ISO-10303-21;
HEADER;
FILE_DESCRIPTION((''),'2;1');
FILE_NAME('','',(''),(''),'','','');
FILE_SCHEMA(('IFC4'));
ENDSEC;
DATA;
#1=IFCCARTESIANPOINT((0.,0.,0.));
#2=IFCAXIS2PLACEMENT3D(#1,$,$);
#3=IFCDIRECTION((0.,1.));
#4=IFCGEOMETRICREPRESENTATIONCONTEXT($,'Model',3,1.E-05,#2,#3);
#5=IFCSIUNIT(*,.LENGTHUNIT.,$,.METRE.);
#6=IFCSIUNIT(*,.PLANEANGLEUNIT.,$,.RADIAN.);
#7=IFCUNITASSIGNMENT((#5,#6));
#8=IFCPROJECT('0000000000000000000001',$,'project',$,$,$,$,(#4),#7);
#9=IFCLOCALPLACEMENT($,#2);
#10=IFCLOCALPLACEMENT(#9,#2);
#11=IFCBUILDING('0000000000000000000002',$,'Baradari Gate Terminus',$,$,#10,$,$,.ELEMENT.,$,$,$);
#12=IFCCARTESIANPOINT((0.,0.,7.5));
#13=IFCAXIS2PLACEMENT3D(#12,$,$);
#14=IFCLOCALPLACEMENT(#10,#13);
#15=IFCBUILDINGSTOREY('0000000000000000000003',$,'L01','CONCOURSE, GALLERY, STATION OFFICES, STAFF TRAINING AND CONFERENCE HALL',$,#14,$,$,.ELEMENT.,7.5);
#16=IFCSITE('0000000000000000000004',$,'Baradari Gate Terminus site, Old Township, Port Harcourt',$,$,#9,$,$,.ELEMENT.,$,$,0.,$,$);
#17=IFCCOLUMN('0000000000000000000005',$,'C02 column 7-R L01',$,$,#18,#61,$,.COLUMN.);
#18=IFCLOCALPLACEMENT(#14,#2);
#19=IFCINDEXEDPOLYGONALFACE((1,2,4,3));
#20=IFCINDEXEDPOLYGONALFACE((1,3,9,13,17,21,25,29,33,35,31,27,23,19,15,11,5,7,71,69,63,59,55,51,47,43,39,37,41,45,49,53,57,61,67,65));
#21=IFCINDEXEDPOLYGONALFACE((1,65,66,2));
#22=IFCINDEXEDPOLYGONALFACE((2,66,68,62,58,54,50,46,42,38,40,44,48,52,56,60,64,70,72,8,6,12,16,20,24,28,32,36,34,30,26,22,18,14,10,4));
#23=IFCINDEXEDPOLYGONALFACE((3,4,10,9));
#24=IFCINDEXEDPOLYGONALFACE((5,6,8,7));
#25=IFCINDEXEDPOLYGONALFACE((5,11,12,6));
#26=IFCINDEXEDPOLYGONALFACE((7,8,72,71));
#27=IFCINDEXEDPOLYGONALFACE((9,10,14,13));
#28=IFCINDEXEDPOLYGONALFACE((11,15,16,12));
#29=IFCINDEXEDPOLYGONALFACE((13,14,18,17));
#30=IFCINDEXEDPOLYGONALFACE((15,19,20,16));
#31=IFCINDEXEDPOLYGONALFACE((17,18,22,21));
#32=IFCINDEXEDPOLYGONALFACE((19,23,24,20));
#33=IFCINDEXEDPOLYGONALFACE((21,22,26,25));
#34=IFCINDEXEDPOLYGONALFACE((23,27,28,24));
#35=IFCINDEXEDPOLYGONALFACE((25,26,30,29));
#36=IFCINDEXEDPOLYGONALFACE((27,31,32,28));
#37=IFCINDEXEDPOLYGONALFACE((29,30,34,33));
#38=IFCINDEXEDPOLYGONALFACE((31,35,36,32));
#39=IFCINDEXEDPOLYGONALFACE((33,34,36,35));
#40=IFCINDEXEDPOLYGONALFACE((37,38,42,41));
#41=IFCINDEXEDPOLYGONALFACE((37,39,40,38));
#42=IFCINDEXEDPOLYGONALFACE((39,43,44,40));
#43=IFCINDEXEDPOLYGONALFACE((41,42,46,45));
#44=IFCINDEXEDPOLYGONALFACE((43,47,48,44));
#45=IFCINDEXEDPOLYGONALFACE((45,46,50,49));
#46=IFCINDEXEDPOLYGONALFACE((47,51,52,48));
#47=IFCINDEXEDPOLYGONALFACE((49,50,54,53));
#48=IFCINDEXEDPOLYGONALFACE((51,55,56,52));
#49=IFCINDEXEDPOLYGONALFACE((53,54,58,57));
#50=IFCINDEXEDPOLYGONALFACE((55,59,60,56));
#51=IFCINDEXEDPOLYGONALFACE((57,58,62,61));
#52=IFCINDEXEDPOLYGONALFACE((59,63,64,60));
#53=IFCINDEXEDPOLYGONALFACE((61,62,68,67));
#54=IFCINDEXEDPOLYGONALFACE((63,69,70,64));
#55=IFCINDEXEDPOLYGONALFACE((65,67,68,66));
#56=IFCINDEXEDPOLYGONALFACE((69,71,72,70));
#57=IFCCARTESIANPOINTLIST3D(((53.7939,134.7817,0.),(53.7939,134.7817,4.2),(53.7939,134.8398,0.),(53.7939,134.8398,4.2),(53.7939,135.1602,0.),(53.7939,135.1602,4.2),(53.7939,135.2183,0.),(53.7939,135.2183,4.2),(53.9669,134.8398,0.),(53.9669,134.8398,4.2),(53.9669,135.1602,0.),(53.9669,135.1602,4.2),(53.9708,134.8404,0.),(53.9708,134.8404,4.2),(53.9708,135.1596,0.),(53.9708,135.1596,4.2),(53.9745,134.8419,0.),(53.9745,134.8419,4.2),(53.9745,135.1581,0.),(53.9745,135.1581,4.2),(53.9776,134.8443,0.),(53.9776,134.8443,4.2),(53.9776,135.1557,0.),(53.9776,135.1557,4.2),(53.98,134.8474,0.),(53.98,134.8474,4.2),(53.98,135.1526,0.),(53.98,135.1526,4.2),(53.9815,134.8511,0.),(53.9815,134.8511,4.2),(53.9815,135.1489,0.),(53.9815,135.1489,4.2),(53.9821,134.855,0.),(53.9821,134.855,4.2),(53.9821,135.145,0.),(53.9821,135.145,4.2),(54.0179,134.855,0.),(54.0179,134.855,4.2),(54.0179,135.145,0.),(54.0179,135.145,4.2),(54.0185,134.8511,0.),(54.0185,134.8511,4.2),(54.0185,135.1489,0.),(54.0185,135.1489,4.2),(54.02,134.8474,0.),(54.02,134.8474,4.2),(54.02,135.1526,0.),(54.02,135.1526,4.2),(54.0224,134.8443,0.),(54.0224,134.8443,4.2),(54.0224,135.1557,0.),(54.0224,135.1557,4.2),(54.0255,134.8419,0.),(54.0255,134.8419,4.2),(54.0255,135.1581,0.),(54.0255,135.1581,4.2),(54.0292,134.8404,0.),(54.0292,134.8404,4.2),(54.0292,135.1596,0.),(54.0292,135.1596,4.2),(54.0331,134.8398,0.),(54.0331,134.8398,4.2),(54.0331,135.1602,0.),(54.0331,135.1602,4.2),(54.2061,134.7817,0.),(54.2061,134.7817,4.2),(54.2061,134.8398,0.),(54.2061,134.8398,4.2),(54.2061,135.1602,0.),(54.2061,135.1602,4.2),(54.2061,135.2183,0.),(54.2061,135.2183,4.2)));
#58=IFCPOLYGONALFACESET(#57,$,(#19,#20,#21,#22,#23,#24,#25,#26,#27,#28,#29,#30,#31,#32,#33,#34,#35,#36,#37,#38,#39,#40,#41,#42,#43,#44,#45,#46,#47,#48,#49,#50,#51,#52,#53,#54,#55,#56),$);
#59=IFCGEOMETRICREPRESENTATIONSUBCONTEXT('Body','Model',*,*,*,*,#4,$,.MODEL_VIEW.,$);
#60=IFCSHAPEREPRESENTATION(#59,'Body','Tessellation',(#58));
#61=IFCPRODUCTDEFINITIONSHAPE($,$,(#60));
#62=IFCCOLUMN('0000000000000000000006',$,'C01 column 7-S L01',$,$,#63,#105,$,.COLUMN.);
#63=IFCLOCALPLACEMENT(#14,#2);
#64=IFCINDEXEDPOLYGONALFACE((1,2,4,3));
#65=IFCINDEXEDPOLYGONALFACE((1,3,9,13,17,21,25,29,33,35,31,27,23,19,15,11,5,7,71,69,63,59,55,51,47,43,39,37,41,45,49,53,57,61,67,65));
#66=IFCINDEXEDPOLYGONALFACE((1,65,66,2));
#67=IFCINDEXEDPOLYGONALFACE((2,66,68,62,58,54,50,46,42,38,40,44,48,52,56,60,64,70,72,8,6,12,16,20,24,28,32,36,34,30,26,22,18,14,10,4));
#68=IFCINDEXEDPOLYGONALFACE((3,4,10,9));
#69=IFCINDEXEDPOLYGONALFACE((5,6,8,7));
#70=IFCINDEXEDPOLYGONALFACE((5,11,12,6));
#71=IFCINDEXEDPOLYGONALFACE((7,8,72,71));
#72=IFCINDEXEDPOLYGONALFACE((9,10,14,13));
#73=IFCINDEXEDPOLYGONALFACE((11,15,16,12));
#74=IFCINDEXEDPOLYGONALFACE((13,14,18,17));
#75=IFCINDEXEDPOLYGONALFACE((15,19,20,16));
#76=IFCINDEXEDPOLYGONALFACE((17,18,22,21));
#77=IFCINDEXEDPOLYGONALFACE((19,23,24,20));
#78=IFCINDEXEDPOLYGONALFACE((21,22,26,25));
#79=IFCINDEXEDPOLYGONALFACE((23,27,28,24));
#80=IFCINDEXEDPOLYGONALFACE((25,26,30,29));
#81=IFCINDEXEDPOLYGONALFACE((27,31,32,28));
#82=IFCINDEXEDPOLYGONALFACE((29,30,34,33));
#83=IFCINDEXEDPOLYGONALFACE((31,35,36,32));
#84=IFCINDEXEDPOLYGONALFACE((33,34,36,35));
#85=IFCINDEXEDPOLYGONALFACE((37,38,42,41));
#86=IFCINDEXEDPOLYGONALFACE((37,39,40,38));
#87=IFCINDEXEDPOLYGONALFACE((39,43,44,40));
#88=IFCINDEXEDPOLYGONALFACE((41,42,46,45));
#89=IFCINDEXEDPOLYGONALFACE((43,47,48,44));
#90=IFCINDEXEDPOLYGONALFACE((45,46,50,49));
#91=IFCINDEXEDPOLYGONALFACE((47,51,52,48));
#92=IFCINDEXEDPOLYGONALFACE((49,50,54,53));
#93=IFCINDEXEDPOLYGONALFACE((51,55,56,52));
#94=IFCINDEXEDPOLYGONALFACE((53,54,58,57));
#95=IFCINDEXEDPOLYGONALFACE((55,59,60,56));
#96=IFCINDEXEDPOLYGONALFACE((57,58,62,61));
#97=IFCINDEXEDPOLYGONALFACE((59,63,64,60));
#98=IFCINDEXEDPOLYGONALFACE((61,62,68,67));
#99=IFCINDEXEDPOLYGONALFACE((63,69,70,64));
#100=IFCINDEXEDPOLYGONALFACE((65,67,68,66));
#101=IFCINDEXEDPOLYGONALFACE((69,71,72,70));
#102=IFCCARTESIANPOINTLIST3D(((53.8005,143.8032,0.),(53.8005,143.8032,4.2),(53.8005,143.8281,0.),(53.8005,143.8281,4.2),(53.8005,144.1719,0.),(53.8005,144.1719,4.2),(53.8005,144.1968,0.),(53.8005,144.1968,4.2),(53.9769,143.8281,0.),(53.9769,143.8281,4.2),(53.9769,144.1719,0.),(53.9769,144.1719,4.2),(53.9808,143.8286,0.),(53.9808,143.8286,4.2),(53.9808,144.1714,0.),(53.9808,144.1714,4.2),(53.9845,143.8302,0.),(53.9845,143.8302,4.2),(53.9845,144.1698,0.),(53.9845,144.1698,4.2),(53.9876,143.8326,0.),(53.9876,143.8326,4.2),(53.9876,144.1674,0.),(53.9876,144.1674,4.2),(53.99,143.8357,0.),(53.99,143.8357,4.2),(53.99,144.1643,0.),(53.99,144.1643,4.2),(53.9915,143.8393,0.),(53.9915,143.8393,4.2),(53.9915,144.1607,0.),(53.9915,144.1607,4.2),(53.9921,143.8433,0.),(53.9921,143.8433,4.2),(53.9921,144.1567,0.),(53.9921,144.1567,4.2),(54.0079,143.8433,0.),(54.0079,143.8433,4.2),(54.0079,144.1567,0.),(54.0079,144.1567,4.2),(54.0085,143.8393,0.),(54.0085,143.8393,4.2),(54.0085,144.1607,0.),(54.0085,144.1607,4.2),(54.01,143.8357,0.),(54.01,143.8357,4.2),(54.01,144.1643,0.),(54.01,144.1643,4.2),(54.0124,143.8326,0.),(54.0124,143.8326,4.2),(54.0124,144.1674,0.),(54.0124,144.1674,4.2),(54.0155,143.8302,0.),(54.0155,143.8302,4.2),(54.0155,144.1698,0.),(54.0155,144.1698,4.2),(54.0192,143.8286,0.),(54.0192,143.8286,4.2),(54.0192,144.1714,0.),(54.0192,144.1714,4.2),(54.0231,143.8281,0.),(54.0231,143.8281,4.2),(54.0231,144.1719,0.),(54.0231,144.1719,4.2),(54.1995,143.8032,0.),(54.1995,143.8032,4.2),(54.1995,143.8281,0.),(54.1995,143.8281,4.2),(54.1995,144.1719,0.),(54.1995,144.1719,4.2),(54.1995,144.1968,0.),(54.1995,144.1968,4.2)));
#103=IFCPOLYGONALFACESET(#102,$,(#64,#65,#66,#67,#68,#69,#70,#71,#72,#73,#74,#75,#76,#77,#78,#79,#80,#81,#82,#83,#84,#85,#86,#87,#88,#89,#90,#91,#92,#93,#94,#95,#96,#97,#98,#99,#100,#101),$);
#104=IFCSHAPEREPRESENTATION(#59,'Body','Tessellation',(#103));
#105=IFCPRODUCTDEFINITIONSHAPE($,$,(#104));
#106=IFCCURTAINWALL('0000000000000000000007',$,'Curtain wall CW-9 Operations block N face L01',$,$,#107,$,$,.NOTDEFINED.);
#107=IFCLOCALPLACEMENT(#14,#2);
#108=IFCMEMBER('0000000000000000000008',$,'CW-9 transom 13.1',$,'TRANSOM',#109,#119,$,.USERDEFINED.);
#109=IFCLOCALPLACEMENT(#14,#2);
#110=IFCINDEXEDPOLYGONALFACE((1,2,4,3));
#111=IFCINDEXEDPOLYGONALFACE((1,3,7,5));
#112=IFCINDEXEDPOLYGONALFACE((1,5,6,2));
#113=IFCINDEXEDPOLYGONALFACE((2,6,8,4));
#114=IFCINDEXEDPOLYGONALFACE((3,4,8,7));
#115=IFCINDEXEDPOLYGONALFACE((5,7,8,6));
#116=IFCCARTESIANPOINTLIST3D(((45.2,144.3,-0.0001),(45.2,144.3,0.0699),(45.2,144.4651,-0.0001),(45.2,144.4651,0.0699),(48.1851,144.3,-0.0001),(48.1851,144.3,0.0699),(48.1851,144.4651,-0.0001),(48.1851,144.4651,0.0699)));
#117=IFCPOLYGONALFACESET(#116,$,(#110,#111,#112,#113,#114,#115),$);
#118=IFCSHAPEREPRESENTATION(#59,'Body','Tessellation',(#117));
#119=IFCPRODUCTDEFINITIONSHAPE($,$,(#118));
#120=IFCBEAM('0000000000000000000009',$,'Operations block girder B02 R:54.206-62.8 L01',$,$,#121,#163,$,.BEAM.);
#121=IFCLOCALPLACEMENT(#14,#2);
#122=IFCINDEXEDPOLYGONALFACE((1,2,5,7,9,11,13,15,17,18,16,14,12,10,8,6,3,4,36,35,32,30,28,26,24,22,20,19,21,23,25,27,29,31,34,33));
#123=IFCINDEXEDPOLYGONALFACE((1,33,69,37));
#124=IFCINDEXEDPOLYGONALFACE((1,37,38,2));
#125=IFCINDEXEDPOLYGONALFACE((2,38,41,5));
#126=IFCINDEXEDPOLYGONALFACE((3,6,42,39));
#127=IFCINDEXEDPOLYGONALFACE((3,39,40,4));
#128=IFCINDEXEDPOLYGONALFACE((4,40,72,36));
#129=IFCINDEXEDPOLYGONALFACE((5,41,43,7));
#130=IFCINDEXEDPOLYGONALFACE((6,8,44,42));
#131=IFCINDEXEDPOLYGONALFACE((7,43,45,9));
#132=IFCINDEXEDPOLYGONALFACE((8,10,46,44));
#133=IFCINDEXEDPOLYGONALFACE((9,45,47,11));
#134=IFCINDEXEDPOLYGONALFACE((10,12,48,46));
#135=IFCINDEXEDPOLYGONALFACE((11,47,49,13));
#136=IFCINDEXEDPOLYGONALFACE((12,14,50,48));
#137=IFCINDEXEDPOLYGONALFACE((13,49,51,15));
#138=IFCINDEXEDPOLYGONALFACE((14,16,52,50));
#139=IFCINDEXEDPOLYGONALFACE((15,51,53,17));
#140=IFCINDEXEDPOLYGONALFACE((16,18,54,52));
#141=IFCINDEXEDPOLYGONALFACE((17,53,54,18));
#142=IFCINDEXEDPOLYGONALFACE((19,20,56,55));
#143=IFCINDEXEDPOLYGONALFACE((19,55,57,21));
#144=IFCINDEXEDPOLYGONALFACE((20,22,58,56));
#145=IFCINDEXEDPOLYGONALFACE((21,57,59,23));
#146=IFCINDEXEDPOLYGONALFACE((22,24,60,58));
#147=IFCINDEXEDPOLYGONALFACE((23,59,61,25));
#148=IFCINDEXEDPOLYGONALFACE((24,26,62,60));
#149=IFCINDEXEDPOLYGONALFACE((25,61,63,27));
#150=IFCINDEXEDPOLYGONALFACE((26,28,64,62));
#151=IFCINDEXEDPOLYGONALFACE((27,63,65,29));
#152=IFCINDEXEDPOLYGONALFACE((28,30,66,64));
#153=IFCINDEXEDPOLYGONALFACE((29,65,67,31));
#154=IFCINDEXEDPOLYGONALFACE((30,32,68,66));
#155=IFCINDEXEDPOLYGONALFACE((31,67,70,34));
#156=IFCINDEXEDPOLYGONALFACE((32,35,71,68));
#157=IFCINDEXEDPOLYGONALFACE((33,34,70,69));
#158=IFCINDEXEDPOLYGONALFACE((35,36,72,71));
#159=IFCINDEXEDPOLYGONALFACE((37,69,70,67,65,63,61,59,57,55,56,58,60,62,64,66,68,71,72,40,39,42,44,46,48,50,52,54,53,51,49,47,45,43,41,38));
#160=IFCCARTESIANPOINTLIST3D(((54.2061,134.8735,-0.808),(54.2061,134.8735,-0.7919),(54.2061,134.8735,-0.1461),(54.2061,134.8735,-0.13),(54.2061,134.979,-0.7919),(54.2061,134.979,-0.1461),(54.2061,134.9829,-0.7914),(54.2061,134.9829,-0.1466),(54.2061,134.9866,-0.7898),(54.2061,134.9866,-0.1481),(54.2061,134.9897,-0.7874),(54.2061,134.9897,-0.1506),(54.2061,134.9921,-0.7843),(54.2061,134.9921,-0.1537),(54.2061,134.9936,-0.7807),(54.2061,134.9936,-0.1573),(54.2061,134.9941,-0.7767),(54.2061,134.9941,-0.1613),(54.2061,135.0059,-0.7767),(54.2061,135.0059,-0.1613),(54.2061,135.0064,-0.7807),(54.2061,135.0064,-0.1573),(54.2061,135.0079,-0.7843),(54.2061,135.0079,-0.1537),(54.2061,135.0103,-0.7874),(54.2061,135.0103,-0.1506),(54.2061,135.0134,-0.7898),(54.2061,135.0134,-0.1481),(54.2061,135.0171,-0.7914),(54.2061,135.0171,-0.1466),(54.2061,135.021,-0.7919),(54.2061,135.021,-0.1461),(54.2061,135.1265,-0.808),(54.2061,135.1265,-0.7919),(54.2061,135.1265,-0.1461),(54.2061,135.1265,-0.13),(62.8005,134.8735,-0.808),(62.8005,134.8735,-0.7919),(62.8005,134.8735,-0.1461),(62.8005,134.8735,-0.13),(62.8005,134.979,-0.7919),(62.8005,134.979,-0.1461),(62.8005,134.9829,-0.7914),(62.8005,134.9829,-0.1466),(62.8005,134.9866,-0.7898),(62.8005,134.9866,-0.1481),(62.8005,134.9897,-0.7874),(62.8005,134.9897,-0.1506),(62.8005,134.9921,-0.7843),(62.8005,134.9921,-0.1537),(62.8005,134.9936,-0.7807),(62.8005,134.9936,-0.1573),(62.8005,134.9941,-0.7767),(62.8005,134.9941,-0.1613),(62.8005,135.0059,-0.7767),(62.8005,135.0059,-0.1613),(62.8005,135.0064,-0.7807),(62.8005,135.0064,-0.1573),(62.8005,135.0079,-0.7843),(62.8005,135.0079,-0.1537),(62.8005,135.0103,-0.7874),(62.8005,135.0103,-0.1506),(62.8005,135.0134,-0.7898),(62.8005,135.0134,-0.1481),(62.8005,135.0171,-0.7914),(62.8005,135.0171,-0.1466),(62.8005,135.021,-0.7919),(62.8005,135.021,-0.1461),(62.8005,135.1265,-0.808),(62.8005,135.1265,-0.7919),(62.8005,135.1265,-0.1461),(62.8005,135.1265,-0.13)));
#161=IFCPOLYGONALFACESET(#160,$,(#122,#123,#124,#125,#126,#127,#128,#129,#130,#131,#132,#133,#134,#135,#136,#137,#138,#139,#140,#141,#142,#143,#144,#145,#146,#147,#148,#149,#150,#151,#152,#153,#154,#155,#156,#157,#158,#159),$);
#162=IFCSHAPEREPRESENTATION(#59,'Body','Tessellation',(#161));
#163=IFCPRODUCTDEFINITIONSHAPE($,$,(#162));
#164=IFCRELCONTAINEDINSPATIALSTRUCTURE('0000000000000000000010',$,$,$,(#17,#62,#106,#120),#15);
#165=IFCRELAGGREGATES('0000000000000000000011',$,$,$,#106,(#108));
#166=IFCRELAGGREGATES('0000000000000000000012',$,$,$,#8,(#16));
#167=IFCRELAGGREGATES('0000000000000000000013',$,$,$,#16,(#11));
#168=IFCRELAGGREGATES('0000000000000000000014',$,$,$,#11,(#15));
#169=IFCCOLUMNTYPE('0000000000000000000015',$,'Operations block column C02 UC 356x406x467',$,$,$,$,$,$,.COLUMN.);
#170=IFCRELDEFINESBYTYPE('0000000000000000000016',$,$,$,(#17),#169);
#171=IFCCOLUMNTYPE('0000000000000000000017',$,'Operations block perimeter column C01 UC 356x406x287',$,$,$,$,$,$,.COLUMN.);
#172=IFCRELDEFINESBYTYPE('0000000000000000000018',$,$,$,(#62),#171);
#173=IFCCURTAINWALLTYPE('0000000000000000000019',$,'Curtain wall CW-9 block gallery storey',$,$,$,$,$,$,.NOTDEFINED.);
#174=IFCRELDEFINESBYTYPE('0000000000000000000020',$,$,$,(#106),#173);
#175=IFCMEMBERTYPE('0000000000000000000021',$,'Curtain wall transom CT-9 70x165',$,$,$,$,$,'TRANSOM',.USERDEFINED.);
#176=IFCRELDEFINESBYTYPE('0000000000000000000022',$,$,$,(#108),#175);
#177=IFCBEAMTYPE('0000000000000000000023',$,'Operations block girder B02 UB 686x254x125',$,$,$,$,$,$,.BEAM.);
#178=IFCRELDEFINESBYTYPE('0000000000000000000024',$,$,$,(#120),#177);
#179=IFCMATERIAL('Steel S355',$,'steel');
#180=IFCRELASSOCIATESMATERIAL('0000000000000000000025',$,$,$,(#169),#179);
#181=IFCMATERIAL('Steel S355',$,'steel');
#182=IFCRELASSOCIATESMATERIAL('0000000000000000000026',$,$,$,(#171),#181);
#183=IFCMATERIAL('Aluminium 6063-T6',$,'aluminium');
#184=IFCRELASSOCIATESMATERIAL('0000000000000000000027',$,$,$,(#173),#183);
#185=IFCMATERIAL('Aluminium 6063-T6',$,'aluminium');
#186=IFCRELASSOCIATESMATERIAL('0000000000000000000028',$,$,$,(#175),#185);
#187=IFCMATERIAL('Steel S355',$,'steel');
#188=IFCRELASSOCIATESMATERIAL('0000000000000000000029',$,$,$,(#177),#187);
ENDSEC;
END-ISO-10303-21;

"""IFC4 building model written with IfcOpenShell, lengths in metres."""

from ifc_helpers import new_model, si_unit, direction, frame, origin, origin_2d, place, context, subcontext, project, spatial, rectangle, i_section, extrude, material, material_profile, profile_set, type_object, element, aggregate, save


model = new_model("IFC4")

# Units and contexts
model_context = context("Model", 3, precision=1e-05, world=origin(), true_north=direction((0.0, 1.0)))
body_context = subcontext(model_context, "Body", "Model", "MODEL_VIEW")
ifc_project = project(units=[si_unit("LENGTHUNIT", "METRE"), si_unit("PLANEANGLEUNIT", "RADIAN")], contexts=[model_context])

# Site, building, storey
site_placement = place(None, origin())
site = spatial("IfcSite", under=ifc_project, at=site_placement, Name="Baradari Gate Terminus site, Old Township, Port Harcourt", CompositionType="ELEMENT", RefElevation=0.0)
building_placement = place(site_placement, origin())
building = spatial("IfcBuilding", under=site, at=building_placement, Name="Baradari Gate Terminus", CompositionType="ELEMENT")
storey_placement = place(building_placement, frame((0.0, 0.0, 7.5)))
storey = spatial("IfcBuildingStorey", under=building, at=storey_placement, Name="L01", Description="CONCOURSE, GALLERY, STATION OFFICES, STAFF TRAINING AND CONFERENCE HALL", CompositionType="ELEMENT", Elevation=7.5)

# Columns
ifc_material_1 = material(Name="Steel S355", Category="steel")
ifc_material_profile_1 = material_profile(ifc_material_1, i_section(OverallWidth=0.4121, OverallDepth=0.4365, WebThickness=0.0359, FlangeThickness=0.0581, FilletRadius=0.0151, at=origin_2d()), Name="UC 356x406x467")
ifc_profile_set_1 = profile_set([ifc_material_profile_1], Name="Steel S355")
column_type_1 = type_object("IfcColumnType", Name="Operations block column C02 UC 356x406x467", PredefinedType="COLUMN", material=ifc_profile_set_1)
column_1_placement = place(storey_placement, frame((54.0, 135.0, 0.0), z_axis=(0.0, 0.0, 1.0), x_axis=(1.0, 0.0, 0.0)))
element("IfcColumn", 1, at=column_1_placement, inside=storey, type_object=column_type_1, Name="C02 column 7-R L01", PredefinedType="COLUMN", context=body_context, shape_type="SweptSolid", body=[
    extrude(i_section(OverallWidth=0.4121, OverallDepth=0.4365, WebThickness=0.0359, FlangeThickness=0.0581, FilletRadius=0.0151, at=origin_2d()), origin(), (0.0, 0.0, 1.0), 4.2),
])
ifc_material_2 = material(Name="Steel S355", Category="steel")
ifc_material_profile_2 = material_profile(ifc_material_2, i_section(OverallWidth=0.3989, OverallDepth=0.3936, WebThickness=0.0159, FlangeThickness=0.0249, FilletRadius=0.0151, at=origin_2d()), Name="UC 356x406x287")
ifc_profile_set_2 = profile_set([ifc_material_profile_2], Name="Steel S355")
column_type_2 = type_object("IfcColumnType", Name="Operations block perimeter column C01 UC 356x406x287", PredefinedType="COLUMN", material=ifc_profile_set_2)
column_2_placement = place(storey_placement, frame((54.0, 144.0, 0.0), z_axis=(0.0, 0.0, 1.0), x_axis=(1.0, 0.0, 0.0)))
element("IfcColumn", 2, at=column_2_placement, inside=storey, type_object=column_type_2, Name="C01 column 7-S L01", PredefinedType="COLUMN", context=body_context, shape_type="SweptSolid", body=[
    extrude(i_section(OverallWidth=0.3989, OverallDepth=0.3936, WebThickness=0.0159, FlangeThickness=0.0249, FilletRadius=0.0151, at=origin_2d()), origin(), (0.0, 0.0, 1.0), 4.2),
])

# Curtain wall, member
ifc_material_3 = material(Name="Aluminium 6063-T6", Category="aluminium")
curtain_wall_type = type_object("IfcCurtainWallType", Name="Curtain wall CW-9 block gallery storey", PredefinedType="NOTDEFINED", material=ifc_material_3)
curtain_wall_placement = place(storey_placement, origin())
curtain_wall = element("IfcCurtainWall", 3, at=curtain_wall_placement, inside=storey, type_object=curtain_wall_type, Name="Curtain wall CW-9 Operations block N face L01", PredefinedType="NOTDEFINED")
ifc_material_4 = material(Name="Aluminium 6063-T6", Category="aluminium")
ifc_material_profile_3 = material_profile(ifc_material_4, rectangle(XDim=0.165, YDim=0.0701, at=origin_2d()), Name="CT-9 70X165")
ifc_profile_set_3 = profile_set([ifc_material_profile_3], Name="Aluminium 6063-T6")
member_type = type_object("IfcMemberType", Name="Curtain wall transom CT-9 70x165", ElementType="TRANSOM", PredefinedType="USERDEFINED", material=ifc_profile_set_3)
member_placement = place(storey_placement, frame((45.2, 144.3826, 0.0349), z_axis=(1.0, 0.0, 0.0), x_axis=(0.0, 1.0, 0.0)))
member = element("IfcMember", 4, at=member_placement, type_object=member_type, Name="CW-9 transom 13.1", ObjectType="TRANSOM", PredefinedType="USERDEFINED", context=body_context, shape_type="SweptSolid", body=[
    extrude(rectangle(XDim=0.165, YDim=0.0701, at=origin_2d()), origin(), (0.0, 0.0, 1.0), 2.9851),
])
aggregate(curtain_wall, [member])

# Beam
ifc_material_5 = material(Name="Steel S355", Category="steel")
ifc_material_profile_4 = material_profile(ifc_material_5, i_section(OverallWidth=0.2529, OverallDepth=0.678, WebThickness=0.0117, FlangeThickness=0.0161, FilletRadius=0.0151, at=origin_2d()), Name="UB 686x254x125")
ifc_profile_set_4 = profile_set([ifc_material_profile_4], Name="Steel S355")
beam_type_1 = type_object("IfcBeamType", Name="Operations block girder B02 UB 686x254x125", PredefinedType="BEAM", material=ifc_profile_set_4)
beam_1_placement = place(storey_placement, frame((54.2061, 135.0, -0.469), z_axis=(1.0, 0.0, 0.0), x_axis=(0.0, 1.0, 0.0)))
element("IfcBeam", 5, at=beam_1_placement, inside=storey, type_object=beam_type_1, Name="Operations block girder B02 R:54.206-62.8 L01", PredefinedType="BEAM", context=body_context, shape_type="SweptSolid", body=[
    extrude(i_section(OverallWidth=0.2529, OverallDepth=0.678, WebThickness=0.0117, FlangeThickness=0.0161, FilletRadius=0.0151, at=origin_2d()), origin(), (0.0, 0.0, 1.0), 8.5945),
])

save(model, "model.ifc")
